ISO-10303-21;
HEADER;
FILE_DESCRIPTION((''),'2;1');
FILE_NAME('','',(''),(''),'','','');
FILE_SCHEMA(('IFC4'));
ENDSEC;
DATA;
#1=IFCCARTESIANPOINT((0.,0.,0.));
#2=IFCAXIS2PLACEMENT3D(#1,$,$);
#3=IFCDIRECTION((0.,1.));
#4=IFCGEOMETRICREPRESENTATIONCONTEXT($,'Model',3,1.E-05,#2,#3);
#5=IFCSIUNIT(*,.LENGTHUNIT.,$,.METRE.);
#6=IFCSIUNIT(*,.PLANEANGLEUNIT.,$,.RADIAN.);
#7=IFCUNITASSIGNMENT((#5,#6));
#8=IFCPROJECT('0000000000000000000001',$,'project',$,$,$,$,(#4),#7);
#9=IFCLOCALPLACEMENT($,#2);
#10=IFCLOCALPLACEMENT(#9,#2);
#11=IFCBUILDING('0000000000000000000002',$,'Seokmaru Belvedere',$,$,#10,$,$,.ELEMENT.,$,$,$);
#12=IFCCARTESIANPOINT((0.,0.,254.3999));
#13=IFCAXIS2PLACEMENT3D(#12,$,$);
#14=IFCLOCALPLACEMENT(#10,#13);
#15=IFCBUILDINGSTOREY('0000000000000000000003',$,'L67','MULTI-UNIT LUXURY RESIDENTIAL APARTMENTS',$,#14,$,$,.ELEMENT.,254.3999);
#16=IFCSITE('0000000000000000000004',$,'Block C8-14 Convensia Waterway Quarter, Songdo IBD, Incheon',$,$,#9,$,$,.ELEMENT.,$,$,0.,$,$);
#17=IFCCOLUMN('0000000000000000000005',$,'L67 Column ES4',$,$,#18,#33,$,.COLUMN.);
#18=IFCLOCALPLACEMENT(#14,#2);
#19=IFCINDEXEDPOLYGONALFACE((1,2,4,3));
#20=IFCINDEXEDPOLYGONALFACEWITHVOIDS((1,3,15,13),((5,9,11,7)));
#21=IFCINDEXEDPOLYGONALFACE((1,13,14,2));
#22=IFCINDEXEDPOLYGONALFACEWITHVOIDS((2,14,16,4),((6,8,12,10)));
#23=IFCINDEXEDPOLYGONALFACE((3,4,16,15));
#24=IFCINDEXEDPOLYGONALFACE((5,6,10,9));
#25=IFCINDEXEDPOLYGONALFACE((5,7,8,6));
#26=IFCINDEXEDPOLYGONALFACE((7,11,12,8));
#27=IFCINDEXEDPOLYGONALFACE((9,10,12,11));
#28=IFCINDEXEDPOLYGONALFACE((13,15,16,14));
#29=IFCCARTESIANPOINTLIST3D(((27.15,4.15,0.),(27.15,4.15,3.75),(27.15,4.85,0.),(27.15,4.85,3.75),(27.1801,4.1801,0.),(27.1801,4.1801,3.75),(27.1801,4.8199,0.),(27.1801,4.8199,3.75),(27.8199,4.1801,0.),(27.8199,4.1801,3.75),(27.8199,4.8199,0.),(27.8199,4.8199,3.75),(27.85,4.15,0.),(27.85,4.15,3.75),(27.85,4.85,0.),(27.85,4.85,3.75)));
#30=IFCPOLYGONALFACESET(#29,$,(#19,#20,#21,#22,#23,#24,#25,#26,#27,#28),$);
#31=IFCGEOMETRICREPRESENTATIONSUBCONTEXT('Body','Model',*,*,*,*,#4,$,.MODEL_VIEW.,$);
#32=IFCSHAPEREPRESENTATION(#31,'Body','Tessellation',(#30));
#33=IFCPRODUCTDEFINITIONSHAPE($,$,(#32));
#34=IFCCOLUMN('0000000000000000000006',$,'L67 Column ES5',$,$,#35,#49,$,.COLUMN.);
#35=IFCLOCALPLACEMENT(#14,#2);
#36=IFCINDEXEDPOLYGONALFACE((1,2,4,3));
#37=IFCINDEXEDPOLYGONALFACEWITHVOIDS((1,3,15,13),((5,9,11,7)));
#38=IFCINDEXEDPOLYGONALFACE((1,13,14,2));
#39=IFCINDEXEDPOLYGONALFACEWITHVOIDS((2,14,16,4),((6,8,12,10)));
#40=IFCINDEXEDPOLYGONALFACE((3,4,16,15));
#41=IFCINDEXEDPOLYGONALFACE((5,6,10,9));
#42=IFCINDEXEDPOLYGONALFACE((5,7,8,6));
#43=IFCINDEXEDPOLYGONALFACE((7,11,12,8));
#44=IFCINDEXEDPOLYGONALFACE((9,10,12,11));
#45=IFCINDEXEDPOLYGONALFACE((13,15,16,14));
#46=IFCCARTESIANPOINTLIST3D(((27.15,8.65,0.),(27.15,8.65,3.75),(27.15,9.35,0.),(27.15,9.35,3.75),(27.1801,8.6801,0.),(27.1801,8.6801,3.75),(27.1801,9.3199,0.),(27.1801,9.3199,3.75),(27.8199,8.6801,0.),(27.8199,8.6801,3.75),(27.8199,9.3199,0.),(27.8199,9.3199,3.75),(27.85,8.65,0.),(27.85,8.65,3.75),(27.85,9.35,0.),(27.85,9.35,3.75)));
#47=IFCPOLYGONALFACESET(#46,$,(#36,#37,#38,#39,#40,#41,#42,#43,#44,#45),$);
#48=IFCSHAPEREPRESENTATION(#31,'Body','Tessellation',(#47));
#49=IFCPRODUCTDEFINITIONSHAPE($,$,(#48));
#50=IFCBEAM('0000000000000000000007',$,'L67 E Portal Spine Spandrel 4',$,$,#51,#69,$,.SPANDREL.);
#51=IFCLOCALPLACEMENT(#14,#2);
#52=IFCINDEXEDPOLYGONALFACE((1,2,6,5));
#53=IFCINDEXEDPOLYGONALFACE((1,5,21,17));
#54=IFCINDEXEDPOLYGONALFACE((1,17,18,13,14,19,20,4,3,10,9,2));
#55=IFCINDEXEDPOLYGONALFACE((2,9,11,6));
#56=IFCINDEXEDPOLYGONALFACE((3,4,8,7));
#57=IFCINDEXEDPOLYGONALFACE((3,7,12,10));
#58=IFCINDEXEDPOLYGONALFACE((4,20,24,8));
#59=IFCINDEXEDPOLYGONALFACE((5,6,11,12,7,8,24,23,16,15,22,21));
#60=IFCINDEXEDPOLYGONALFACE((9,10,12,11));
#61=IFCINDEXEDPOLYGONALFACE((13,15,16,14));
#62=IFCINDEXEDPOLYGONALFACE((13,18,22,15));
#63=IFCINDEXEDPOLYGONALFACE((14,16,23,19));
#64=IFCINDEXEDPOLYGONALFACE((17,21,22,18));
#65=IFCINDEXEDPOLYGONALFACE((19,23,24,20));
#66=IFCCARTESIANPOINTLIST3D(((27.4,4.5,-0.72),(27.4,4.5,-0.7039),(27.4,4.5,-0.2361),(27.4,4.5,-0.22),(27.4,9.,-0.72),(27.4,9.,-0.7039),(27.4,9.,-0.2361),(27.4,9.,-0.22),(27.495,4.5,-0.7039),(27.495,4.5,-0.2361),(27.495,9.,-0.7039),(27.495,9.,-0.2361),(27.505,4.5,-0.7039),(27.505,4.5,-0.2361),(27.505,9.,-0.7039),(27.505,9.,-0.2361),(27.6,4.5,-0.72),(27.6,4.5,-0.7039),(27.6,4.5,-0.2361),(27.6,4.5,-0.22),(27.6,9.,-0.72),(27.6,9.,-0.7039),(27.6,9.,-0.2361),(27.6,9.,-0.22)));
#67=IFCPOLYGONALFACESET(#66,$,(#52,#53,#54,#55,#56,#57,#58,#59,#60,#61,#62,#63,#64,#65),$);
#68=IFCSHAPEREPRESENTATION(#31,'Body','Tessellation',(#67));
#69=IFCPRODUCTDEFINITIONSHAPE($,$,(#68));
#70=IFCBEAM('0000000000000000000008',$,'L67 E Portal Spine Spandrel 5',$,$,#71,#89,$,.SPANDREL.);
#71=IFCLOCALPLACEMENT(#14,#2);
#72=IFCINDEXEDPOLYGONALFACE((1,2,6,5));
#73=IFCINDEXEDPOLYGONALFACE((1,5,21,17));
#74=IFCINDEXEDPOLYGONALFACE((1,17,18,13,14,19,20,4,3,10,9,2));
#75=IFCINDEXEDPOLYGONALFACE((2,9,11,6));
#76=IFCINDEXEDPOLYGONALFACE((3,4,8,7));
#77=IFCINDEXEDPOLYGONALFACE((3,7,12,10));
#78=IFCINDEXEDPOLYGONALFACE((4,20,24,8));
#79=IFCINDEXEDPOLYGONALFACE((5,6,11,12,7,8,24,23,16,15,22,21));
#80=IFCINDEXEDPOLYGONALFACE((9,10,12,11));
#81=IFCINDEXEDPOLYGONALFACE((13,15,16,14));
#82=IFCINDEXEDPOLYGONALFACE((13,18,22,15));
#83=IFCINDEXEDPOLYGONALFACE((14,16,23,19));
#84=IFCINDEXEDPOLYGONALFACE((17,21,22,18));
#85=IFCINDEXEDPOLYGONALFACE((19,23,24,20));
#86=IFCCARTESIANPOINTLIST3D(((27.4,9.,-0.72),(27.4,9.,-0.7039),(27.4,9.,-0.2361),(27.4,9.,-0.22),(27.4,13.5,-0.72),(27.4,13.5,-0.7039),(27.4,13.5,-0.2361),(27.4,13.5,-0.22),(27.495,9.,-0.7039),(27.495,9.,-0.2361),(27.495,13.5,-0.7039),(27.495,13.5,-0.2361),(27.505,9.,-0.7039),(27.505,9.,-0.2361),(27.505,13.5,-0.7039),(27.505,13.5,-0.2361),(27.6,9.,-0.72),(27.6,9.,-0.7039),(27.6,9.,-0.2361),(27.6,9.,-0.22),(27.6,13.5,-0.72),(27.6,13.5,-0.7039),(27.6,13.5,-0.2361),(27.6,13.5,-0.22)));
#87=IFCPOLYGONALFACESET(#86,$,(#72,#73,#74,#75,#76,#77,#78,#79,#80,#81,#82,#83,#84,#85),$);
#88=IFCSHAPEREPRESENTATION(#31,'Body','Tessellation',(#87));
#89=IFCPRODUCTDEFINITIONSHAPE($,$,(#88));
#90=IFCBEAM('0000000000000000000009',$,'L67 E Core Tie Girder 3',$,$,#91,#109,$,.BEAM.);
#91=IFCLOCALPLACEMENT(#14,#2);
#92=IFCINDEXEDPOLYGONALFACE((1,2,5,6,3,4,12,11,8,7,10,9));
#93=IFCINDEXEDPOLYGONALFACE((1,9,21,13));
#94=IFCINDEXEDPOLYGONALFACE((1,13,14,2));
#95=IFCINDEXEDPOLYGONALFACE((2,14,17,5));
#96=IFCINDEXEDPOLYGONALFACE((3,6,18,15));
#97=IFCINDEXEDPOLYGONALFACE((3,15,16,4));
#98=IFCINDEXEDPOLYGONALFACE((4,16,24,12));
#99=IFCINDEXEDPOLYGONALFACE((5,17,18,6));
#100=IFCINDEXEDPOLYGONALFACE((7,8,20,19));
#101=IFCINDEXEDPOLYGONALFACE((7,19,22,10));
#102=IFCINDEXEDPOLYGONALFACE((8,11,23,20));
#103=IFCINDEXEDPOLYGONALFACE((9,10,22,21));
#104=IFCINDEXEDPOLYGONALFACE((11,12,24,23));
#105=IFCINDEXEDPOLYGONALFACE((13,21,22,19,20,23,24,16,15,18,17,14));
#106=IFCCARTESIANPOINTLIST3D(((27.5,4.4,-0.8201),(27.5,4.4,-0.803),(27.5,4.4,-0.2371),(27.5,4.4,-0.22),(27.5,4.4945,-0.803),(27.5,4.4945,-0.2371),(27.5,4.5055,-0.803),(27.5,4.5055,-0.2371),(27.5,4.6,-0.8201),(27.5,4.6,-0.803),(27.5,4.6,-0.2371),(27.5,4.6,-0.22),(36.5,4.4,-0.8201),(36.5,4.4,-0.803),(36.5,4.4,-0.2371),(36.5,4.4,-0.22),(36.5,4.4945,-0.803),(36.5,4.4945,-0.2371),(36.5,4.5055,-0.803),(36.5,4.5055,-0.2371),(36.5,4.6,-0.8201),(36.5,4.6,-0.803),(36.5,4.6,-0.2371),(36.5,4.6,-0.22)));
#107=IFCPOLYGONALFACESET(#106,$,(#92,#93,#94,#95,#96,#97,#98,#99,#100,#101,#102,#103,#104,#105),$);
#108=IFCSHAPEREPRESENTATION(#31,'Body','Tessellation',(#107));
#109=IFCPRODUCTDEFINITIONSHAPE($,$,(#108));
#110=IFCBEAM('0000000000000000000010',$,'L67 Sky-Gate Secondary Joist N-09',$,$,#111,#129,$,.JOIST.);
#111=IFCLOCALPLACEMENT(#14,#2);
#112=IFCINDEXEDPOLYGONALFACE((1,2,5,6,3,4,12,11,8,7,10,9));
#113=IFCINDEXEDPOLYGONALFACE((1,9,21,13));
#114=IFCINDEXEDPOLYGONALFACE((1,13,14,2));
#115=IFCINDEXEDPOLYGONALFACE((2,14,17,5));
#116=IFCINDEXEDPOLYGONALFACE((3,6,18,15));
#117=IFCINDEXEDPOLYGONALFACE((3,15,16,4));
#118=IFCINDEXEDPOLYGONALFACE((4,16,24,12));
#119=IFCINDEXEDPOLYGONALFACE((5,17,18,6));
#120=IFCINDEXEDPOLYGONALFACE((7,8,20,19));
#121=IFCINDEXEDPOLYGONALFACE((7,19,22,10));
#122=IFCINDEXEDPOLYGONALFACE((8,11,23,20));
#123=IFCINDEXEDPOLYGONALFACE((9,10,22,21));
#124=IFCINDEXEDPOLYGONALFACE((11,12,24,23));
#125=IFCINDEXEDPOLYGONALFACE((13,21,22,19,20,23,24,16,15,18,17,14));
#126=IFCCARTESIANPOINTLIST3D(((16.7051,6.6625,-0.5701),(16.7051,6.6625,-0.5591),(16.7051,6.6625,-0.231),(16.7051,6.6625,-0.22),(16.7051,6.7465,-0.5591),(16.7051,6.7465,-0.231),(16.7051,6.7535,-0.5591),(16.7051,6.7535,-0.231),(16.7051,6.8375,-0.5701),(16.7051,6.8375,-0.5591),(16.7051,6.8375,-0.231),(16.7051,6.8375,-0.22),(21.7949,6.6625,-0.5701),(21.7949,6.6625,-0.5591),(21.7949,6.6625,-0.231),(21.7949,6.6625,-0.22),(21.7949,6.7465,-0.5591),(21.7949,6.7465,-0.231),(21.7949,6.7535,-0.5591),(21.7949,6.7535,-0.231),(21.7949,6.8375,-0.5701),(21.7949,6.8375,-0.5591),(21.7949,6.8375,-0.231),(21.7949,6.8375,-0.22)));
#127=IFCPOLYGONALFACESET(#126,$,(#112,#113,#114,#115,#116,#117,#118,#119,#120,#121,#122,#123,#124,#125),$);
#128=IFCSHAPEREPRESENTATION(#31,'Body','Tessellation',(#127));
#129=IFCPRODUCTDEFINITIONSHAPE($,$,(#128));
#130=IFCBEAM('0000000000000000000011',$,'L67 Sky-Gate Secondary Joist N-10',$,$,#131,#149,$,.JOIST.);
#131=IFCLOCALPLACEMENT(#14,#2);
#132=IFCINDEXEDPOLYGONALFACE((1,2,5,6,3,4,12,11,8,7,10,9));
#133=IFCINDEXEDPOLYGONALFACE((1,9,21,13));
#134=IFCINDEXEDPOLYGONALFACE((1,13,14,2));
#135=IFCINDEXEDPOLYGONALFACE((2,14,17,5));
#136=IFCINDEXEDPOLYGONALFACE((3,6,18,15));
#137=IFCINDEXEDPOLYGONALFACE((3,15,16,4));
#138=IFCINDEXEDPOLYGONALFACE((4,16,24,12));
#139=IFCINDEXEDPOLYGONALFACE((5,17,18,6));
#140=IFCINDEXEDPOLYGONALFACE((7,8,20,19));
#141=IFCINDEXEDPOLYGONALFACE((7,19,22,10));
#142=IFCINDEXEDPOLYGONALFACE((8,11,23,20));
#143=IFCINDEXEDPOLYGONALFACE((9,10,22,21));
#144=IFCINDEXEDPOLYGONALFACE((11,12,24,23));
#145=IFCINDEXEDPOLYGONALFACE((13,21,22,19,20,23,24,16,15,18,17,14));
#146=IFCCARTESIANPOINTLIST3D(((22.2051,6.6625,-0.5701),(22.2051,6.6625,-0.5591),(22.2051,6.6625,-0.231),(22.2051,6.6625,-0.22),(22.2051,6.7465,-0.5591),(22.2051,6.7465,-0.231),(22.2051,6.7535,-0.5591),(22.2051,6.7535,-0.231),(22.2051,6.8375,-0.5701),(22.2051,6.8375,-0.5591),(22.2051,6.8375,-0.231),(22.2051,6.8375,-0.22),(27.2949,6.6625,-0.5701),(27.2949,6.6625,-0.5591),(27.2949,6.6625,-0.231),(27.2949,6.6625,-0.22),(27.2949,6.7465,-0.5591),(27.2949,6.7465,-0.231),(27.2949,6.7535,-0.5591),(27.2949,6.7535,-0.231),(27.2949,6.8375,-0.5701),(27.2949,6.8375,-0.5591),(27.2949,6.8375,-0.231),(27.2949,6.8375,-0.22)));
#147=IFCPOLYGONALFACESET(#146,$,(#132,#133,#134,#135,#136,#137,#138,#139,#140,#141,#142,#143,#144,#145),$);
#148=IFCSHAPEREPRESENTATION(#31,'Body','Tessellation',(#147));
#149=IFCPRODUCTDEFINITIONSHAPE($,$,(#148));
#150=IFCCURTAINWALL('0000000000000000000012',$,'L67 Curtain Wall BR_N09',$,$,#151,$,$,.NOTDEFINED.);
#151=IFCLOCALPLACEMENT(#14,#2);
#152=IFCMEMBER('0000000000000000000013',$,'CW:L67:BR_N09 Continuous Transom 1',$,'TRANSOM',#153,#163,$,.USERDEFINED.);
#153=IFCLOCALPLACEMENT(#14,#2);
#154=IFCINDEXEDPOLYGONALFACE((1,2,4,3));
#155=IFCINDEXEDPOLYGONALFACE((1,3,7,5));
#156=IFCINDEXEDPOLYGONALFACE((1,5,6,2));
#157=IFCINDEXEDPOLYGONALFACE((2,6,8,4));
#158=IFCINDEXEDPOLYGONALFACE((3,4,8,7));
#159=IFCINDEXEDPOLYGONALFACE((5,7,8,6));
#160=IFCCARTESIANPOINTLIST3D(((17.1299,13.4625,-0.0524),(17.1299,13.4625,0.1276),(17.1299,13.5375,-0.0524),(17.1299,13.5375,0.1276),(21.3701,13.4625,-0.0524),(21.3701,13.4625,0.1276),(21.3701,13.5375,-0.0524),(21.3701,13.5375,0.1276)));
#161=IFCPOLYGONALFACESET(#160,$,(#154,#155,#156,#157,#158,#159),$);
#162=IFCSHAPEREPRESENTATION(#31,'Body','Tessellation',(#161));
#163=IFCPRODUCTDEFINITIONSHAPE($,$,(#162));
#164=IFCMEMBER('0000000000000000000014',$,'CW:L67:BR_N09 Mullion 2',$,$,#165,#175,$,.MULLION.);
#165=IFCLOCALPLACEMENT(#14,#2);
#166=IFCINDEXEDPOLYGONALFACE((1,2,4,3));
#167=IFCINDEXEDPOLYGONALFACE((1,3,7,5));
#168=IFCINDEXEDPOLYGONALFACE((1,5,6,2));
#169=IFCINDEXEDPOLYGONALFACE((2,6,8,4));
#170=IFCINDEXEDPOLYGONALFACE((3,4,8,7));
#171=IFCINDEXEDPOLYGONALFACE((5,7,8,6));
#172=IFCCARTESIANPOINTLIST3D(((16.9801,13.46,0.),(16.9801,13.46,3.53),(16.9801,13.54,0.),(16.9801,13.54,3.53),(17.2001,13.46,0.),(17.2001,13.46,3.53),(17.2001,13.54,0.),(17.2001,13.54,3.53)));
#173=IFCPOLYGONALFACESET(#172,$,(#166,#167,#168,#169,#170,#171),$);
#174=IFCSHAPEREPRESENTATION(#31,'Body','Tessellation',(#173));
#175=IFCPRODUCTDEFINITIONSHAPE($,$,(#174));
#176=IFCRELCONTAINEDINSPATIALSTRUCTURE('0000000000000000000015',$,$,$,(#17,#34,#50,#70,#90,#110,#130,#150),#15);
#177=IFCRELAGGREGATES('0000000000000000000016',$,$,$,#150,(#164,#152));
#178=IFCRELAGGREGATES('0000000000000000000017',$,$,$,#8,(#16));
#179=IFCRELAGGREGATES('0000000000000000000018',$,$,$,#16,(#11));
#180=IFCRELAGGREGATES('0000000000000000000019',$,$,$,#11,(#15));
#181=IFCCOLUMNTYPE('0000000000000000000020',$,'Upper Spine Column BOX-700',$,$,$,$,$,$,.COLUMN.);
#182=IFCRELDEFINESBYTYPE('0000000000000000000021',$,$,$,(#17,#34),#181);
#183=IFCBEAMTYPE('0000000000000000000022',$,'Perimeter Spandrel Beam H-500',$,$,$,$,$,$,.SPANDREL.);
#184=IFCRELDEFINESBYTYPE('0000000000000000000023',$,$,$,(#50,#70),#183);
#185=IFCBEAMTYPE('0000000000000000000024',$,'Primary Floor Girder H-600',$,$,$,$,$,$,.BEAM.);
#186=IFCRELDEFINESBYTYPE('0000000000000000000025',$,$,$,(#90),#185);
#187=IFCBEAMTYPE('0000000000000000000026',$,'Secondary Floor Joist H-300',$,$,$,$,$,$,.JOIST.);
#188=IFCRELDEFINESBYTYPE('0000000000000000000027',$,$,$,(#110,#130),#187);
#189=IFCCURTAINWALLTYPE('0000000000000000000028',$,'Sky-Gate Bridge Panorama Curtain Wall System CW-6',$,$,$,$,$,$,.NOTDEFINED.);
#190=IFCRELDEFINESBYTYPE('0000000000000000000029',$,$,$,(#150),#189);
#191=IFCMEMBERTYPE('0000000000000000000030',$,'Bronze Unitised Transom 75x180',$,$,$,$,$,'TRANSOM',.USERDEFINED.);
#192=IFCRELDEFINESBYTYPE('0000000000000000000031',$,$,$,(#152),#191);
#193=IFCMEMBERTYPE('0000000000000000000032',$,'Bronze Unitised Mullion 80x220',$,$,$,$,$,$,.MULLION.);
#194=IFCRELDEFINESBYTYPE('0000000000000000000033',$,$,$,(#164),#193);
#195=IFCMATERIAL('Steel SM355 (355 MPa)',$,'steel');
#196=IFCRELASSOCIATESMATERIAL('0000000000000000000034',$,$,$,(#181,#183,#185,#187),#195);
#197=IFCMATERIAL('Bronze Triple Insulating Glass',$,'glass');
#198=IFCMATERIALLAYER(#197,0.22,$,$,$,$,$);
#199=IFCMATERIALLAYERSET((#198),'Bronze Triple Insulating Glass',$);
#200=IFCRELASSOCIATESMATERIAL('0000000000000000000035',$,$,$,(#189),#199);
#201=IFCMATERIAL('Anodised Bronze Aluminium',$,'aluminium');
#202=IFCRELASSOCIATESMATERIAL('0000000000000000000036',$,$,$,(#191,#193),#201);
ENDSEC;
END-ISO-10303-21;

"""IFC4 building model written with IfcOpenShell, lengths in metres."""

from ifc_helpers import new_model, si_unit, direction, frame, origin, origin_2d, place, context, subcontext, project, spatial, rectangle, hollow_rectangle, i_section, extrude, source, transform, mapped, material, layer, layer_set, material_profile, profile_set, type_object, type_shapes, element, aggregate, save


model = new_model("IFC4")

# Units and contexts
model_context = context("Model", 3, precision=1e-05, world=origin(), true_north=direction((0.0, 1.0)))
body_context = subcontext(model_context, "Body", "Model", "MODEL_VIEW")
ifc_project = project(units=[si_unit("LENGTHUNIT", "METRE"), si_unit("PLANEANGLEUNIT", "RADIAN")], contexts=[model_context])

# Site, building, storey
site_placement = place(None, origin())
site = spatial("IfcSite", under=ifc_project, at=site_placement, Name="Block C8-14 Convensia Waterway Quarter, Songdo IBD, Incheon", CompositionType="ELEMENT", RefElevation=0.0)
building_placement = place(site_placement, origin())
building = spatial("IfcBuilding", under=site, at=building_placement, Name="Seokmaru Belvedere", CompositionType="ELEMENT")
storey_placement = place(building_placement, frame((0.0, 0.0, 254.3999)))
storey = spatial("IfcBuildingStorey", under=building, at=storey_placement, Name="L67", Description="MULTI-UNIT LUXURY RESIDENTIAL APARTMENTS", CompositionType="ELEMENT", Elevation=254.3999)

# Columns
ifc_material_1 = material(Name="Steel SM355 (355 MPa)", Category="steel")
ifc_material_profile_1 = material_profile(ifc_material_1, hollow_rectangle(XDim=0.7, YDim=0.7, WallThickness=0.03, at=origin_2d()), Name="BOX-700x700x30")
ifc_profile_set_1 = profile_set([ifc_material_profile_1], Name="Steel SM355 (355 MPa)")
column_type = type_object("IfcColumnType", Name="Upper Spine Column BOX-700", PredefinedType="COLUMN", material=ifc_profile_set_1)
shared_shape_1 = source(origin(), body_context, "Body", "SweptSolid", [
    extrude(hollow_rectangle(XDim=0.7, YDim=0.7, WallThickness=0.03, at=origin_2d()), origin(), (0.0, 0.0, 1.0), 3.75),
])
type_shapes(column_type, [shared_shape_1])
for number, where, z_axis, x_axis, name in (
    (1, (27.5, 4.5, 0.0), (0.0, 0.0, 1.0), (1.0, 0.0, 0.0), "L67 Column ES4"),
    (2, (27.5, 9.0, 0.0), (0.0, 0.0, 1.0), (1.0, 0.0, 0.0), "L67 Column ES5"),
):
    element("IfcColumn", number, at=place(storey_placement, frame(where, z_axis=z_axis, x_axis=x_axis)), inside=storey, type_object=column_type, Name=name, PredefinedType="COLUMN", context=body_context, shape_type="MappedRepresentation", body=[
        mapped(shared_shape_1, transform((0.0, 0.0, 0.0), scale=1.0)),
    ])

# Beams
ifc_material_profile_2 = material_profile(ifc_material_1, i_section(OverallWidth=0.2, OverallDepth=0.5, WebThickness=0.01, FlangeThickness=0.0161, at=origin_2d()), Name="H-500x200x10x16")
ifc_profile_set_2 = profile_set([ifc_material_profile_2], Name="Steel SM355 (355 MPa)")
beam_type_1 = type_object("IfcBeamType", Name="Perimeter Spandrel Beam H-500", PredefinedType="SPANDREL", material=ifc_profile_set_2)
shared_shape_2 = source(origin(), body_context, "Body", "SweptSolid", [
    extrude(i_section(OverallWidth=0.2, OverallDepth=0.5, WebThickness=0.01, FlangeThickness=0.0161, at=origin_2d()), origin(), (0.0, 0.0, 1.0), 4.5),
])
type_shapes(beam_type_1, [shared_shape_2])
for number, where, z_axis, x_axis, name in (
    (3, (27.5, 4.5, -0.47), (0.0, 1.0, 0.0), (-1.0, 0.0, 0.0), "L67 E Portal Spine Spandrel 4"),
    (4, (27.5, 9.0, -0.47), (0.0, 1.0, 0.0), (-1.0, 0.0, 0.0), "L67 E Portal Spine Spandrel 5"),
):
    element("IfcBeam", number, at=place(storey_placement, frame(where, z_axis=z_axis, x_axis=x_axis)), inside=storey, type_object=beam_type_1, Name=name, PredefinedType="SPANDREL", context=body_context, shape_type="MappedRepresentation", body=[
        mapped(shared_shape_2, transform((0.0, 0.0, 0.0), scale=1.0)),
    ])
ifc_material_profile_3 = material_profile(ifc_material_1, i_section(OverallWidth=0.2, OverallDepth=0.6001, WebThickness=0.011, FlangeThickness=0.0171, at=origin_2d()), Name="H-600x200x11x17")
ifc_profile_set_3 = profile_set([ifc_material_profile_3], Name="Steel SM355 (355 MPa)")
beam_type_2 = type_object("IfcBeamType", Name="Primary Floor Girder H-600", PredefinedType="BEAM", material=ifc_profile_set_3)
shared_shape_3 = source(origin(), body_context, "Body", "SweptSolid", [
    extrude(i_section(OverallWidth=0.2, OverallDepth=0.6001, WebThickness=0.011, FlangeThickness=0.0171, at=origin_2d()), origin(), (0.0, 0.0, 1.0), 9.0),
])
type_shapes(beam_type_2, [shared_shape_3])
beam_placement = place(storey_placement, frame((27.5, 4.5, -0.52), z_axis=(1.0, 0.0, 0.0), x_axis=(0.0, 1.0, 0.0)))
element("IfcBeam", 5, at=beam_placement, inside=storey, type_object=beam_type_2, Name="L67 E Core Tie Girder 3", PredefinedType="BEAM", context=body_context, shape_type="MappedRepresentation", body=[
    mapped(shared_shape_3, transform((0.0, 0.0, 0.0), scale=1.0)),
])
ifc_material_profile_4 = material_profile(ifc_material_1, i_section(OverallWidth=0.175, OverallDepth=0.3501, WebThickness=0.0071, FlangeThickness=0.011, at=origin_2d()), Name="H-350x175x7x11")
ifc_profile_set_4 = profile_set([ifc_material_profile_4], Name="Steel SM355 (355 MPa)")
beam_type_3 = type_object("IfcBeamType", Name="Secondary Floor Joist H-300", PredefinedType="JOIST", material=ifc_profile_set_4)
shared_shape_4 = source(origin(), body_context, "Body", "SweptSolid", [
    extrude(i_section(OverallWidth=0.175, OverallDepth=0.3501, WebThickness=0.0071, FlangeThickness=0.011, at=origin_2d()), origin(), (0.0, 0.0, 1.0), 5.0898),
])
type_shapes(beam_type_3, [shared_shape_4])
for number, where, z_axis, x_axis, name in (
    (6, (16.7051, 6.75, -0.395), (1.0, 0.0, 0.0), (0.0, 1.0, 0.0), "L67 Sky-Gate Secondary Joist N-09"),
    (7, (22.2051, 6.75, -0.395), (1.0, 0.0, 0.0), (0.0, 1.0, 0.0), "L67 Sky-Gate Secondary Joist N-10"),
):
    element("IfcBeam", number, at=place(storey_placement, frame(where, z_axis=z_axis, x_axis=x_axis)), inside=storey, type_object=beam_type_3, Name=name, PredefinedType="JOIST", context=body_context, shape_type="MappedRepresentation", body=[
        mapped(shared_shape_4, transform((0.0, 0.0, 0.0), scale=1.0)),
    ])

# Curtain wall, members
ifc_material_2 = material(Name="Bronze Triple Insulating Glass", Category="glass")
ifc_layer_1 = layer(ifc_material_2, 0.22)
ifc_layer_set_1 = layer_set([ifc_layer_1], Name="Bronze Triple Insulating Glass")
curtain_wall_type = type_object("IfcCurtainWallType", Name="Sky-Gate Bridge Panorama Curtain Wall System CW-6", PredefinedType="NOTDEFINED", material=ifc_layer_set_1)
curtain_wall_placement = place(storey_placement, origin())
curtain_wall = element("IfcCurtainWall", 8, at=curtain_wall_placement, inside=storey, type_object=curtain_wall_type, Name="L67 Curtain Wall BR_N09", PredefinedType="NOTDEFINED")
ifc_material_3 = material(Name="Anodised Bronze Aluminium", Category="aluminium")
ifc_material_profile_5 = material_profile(ifc_material_3, rectangle(XDim=0.075, YDim=0.1799, at=origin_2d()), Name="CW-T-75x180")
ifc_profile_set_5 = profile_set([ifc_material_profile_5], Name="Anodised Bronze Aluminium")
member_type_1 = type_object("IfcMemberType", Name="Bronze Unitised Transom 75x180", ElementType="TRANSOM", PredefinedType="USERDEFINED", material=ifc_profile_set_5)
shared_shape_5 = source(origin(), body_context, "Body", "SweptSolid", [
    extrude(rectangle(XDim=0.075, YDim=0.1799, at=origin_2d()), origin(), (0.0, 0.0, 1.0), 4.2402),
])
type_shapes(member_type_1, [shared_shape_5])
member_1_placement = place(storey_placement, frame((21.3701, 13.5, 0.0376), z_axis=(-1.0, 0.0, 0.0), x_axis=(0.0, -1.0, 0.0)))
member_1 = element("IfcMember", 9, at=member_1_placement, type_object=member_type_1, Name="CW:L67:BR_N09 Continuous Transom 1", ObjectType="TRANSOM", PredefinedType="USERDEFINED", context=body_context, shape_type="MappedRepresentation", body=[
    mapped(shared_shape_5, transform((0.0, 0.0, 0.0), scale=1.0)),
])
ifc_material_profile_6 = material_profile(ifc_material_3, rectangle(XDim=0.0801, YDim=0.22, at=origin_2d()), Name="CW-M-80x220")
ifc_profile_set_6 = profile_set([ifc_material_profile_6], Name="Anodised Bronze Aluminium")
member_type_2 = type_object("IfcMemberType", Name="Bronze Unitised Mullion 80x220", PredefinedType="MULLION", material=ifc_profile_set_6)
shared_shape_6 = source(origin(), body_context, "Body", "SweptSolid", [
    extrude(rectangle(XDim=0.0801, YDim=0.22, at=origin_2d()), origin(), (0.0, 0.0, 1.0), 3.53),
])
type_shapes(member_type_2, [shared_shape_6])
member_2_placement = place(storey_placement, frame((17.0901, 13.5, 0.0), z_axis=(0.0, 0.0, 1.0), x_axis=(0.0, -1.0, 0.0)))
member_2 = element("IfcMember", 10, at=member_2_placement, type_object=member_type_2, Name="CW:L67:BR_N09 Mullion 2", PredefinedType="MULLION", context=body_context, shape_type="MappedRepresentation", body=[
    mapped(shared_shape_6, transform((0.0, 0.0, 0.0), scale=1.0)),
])
aggregate(curtain_wall, [member_2, member_1])

save(model, "model.ifc")
